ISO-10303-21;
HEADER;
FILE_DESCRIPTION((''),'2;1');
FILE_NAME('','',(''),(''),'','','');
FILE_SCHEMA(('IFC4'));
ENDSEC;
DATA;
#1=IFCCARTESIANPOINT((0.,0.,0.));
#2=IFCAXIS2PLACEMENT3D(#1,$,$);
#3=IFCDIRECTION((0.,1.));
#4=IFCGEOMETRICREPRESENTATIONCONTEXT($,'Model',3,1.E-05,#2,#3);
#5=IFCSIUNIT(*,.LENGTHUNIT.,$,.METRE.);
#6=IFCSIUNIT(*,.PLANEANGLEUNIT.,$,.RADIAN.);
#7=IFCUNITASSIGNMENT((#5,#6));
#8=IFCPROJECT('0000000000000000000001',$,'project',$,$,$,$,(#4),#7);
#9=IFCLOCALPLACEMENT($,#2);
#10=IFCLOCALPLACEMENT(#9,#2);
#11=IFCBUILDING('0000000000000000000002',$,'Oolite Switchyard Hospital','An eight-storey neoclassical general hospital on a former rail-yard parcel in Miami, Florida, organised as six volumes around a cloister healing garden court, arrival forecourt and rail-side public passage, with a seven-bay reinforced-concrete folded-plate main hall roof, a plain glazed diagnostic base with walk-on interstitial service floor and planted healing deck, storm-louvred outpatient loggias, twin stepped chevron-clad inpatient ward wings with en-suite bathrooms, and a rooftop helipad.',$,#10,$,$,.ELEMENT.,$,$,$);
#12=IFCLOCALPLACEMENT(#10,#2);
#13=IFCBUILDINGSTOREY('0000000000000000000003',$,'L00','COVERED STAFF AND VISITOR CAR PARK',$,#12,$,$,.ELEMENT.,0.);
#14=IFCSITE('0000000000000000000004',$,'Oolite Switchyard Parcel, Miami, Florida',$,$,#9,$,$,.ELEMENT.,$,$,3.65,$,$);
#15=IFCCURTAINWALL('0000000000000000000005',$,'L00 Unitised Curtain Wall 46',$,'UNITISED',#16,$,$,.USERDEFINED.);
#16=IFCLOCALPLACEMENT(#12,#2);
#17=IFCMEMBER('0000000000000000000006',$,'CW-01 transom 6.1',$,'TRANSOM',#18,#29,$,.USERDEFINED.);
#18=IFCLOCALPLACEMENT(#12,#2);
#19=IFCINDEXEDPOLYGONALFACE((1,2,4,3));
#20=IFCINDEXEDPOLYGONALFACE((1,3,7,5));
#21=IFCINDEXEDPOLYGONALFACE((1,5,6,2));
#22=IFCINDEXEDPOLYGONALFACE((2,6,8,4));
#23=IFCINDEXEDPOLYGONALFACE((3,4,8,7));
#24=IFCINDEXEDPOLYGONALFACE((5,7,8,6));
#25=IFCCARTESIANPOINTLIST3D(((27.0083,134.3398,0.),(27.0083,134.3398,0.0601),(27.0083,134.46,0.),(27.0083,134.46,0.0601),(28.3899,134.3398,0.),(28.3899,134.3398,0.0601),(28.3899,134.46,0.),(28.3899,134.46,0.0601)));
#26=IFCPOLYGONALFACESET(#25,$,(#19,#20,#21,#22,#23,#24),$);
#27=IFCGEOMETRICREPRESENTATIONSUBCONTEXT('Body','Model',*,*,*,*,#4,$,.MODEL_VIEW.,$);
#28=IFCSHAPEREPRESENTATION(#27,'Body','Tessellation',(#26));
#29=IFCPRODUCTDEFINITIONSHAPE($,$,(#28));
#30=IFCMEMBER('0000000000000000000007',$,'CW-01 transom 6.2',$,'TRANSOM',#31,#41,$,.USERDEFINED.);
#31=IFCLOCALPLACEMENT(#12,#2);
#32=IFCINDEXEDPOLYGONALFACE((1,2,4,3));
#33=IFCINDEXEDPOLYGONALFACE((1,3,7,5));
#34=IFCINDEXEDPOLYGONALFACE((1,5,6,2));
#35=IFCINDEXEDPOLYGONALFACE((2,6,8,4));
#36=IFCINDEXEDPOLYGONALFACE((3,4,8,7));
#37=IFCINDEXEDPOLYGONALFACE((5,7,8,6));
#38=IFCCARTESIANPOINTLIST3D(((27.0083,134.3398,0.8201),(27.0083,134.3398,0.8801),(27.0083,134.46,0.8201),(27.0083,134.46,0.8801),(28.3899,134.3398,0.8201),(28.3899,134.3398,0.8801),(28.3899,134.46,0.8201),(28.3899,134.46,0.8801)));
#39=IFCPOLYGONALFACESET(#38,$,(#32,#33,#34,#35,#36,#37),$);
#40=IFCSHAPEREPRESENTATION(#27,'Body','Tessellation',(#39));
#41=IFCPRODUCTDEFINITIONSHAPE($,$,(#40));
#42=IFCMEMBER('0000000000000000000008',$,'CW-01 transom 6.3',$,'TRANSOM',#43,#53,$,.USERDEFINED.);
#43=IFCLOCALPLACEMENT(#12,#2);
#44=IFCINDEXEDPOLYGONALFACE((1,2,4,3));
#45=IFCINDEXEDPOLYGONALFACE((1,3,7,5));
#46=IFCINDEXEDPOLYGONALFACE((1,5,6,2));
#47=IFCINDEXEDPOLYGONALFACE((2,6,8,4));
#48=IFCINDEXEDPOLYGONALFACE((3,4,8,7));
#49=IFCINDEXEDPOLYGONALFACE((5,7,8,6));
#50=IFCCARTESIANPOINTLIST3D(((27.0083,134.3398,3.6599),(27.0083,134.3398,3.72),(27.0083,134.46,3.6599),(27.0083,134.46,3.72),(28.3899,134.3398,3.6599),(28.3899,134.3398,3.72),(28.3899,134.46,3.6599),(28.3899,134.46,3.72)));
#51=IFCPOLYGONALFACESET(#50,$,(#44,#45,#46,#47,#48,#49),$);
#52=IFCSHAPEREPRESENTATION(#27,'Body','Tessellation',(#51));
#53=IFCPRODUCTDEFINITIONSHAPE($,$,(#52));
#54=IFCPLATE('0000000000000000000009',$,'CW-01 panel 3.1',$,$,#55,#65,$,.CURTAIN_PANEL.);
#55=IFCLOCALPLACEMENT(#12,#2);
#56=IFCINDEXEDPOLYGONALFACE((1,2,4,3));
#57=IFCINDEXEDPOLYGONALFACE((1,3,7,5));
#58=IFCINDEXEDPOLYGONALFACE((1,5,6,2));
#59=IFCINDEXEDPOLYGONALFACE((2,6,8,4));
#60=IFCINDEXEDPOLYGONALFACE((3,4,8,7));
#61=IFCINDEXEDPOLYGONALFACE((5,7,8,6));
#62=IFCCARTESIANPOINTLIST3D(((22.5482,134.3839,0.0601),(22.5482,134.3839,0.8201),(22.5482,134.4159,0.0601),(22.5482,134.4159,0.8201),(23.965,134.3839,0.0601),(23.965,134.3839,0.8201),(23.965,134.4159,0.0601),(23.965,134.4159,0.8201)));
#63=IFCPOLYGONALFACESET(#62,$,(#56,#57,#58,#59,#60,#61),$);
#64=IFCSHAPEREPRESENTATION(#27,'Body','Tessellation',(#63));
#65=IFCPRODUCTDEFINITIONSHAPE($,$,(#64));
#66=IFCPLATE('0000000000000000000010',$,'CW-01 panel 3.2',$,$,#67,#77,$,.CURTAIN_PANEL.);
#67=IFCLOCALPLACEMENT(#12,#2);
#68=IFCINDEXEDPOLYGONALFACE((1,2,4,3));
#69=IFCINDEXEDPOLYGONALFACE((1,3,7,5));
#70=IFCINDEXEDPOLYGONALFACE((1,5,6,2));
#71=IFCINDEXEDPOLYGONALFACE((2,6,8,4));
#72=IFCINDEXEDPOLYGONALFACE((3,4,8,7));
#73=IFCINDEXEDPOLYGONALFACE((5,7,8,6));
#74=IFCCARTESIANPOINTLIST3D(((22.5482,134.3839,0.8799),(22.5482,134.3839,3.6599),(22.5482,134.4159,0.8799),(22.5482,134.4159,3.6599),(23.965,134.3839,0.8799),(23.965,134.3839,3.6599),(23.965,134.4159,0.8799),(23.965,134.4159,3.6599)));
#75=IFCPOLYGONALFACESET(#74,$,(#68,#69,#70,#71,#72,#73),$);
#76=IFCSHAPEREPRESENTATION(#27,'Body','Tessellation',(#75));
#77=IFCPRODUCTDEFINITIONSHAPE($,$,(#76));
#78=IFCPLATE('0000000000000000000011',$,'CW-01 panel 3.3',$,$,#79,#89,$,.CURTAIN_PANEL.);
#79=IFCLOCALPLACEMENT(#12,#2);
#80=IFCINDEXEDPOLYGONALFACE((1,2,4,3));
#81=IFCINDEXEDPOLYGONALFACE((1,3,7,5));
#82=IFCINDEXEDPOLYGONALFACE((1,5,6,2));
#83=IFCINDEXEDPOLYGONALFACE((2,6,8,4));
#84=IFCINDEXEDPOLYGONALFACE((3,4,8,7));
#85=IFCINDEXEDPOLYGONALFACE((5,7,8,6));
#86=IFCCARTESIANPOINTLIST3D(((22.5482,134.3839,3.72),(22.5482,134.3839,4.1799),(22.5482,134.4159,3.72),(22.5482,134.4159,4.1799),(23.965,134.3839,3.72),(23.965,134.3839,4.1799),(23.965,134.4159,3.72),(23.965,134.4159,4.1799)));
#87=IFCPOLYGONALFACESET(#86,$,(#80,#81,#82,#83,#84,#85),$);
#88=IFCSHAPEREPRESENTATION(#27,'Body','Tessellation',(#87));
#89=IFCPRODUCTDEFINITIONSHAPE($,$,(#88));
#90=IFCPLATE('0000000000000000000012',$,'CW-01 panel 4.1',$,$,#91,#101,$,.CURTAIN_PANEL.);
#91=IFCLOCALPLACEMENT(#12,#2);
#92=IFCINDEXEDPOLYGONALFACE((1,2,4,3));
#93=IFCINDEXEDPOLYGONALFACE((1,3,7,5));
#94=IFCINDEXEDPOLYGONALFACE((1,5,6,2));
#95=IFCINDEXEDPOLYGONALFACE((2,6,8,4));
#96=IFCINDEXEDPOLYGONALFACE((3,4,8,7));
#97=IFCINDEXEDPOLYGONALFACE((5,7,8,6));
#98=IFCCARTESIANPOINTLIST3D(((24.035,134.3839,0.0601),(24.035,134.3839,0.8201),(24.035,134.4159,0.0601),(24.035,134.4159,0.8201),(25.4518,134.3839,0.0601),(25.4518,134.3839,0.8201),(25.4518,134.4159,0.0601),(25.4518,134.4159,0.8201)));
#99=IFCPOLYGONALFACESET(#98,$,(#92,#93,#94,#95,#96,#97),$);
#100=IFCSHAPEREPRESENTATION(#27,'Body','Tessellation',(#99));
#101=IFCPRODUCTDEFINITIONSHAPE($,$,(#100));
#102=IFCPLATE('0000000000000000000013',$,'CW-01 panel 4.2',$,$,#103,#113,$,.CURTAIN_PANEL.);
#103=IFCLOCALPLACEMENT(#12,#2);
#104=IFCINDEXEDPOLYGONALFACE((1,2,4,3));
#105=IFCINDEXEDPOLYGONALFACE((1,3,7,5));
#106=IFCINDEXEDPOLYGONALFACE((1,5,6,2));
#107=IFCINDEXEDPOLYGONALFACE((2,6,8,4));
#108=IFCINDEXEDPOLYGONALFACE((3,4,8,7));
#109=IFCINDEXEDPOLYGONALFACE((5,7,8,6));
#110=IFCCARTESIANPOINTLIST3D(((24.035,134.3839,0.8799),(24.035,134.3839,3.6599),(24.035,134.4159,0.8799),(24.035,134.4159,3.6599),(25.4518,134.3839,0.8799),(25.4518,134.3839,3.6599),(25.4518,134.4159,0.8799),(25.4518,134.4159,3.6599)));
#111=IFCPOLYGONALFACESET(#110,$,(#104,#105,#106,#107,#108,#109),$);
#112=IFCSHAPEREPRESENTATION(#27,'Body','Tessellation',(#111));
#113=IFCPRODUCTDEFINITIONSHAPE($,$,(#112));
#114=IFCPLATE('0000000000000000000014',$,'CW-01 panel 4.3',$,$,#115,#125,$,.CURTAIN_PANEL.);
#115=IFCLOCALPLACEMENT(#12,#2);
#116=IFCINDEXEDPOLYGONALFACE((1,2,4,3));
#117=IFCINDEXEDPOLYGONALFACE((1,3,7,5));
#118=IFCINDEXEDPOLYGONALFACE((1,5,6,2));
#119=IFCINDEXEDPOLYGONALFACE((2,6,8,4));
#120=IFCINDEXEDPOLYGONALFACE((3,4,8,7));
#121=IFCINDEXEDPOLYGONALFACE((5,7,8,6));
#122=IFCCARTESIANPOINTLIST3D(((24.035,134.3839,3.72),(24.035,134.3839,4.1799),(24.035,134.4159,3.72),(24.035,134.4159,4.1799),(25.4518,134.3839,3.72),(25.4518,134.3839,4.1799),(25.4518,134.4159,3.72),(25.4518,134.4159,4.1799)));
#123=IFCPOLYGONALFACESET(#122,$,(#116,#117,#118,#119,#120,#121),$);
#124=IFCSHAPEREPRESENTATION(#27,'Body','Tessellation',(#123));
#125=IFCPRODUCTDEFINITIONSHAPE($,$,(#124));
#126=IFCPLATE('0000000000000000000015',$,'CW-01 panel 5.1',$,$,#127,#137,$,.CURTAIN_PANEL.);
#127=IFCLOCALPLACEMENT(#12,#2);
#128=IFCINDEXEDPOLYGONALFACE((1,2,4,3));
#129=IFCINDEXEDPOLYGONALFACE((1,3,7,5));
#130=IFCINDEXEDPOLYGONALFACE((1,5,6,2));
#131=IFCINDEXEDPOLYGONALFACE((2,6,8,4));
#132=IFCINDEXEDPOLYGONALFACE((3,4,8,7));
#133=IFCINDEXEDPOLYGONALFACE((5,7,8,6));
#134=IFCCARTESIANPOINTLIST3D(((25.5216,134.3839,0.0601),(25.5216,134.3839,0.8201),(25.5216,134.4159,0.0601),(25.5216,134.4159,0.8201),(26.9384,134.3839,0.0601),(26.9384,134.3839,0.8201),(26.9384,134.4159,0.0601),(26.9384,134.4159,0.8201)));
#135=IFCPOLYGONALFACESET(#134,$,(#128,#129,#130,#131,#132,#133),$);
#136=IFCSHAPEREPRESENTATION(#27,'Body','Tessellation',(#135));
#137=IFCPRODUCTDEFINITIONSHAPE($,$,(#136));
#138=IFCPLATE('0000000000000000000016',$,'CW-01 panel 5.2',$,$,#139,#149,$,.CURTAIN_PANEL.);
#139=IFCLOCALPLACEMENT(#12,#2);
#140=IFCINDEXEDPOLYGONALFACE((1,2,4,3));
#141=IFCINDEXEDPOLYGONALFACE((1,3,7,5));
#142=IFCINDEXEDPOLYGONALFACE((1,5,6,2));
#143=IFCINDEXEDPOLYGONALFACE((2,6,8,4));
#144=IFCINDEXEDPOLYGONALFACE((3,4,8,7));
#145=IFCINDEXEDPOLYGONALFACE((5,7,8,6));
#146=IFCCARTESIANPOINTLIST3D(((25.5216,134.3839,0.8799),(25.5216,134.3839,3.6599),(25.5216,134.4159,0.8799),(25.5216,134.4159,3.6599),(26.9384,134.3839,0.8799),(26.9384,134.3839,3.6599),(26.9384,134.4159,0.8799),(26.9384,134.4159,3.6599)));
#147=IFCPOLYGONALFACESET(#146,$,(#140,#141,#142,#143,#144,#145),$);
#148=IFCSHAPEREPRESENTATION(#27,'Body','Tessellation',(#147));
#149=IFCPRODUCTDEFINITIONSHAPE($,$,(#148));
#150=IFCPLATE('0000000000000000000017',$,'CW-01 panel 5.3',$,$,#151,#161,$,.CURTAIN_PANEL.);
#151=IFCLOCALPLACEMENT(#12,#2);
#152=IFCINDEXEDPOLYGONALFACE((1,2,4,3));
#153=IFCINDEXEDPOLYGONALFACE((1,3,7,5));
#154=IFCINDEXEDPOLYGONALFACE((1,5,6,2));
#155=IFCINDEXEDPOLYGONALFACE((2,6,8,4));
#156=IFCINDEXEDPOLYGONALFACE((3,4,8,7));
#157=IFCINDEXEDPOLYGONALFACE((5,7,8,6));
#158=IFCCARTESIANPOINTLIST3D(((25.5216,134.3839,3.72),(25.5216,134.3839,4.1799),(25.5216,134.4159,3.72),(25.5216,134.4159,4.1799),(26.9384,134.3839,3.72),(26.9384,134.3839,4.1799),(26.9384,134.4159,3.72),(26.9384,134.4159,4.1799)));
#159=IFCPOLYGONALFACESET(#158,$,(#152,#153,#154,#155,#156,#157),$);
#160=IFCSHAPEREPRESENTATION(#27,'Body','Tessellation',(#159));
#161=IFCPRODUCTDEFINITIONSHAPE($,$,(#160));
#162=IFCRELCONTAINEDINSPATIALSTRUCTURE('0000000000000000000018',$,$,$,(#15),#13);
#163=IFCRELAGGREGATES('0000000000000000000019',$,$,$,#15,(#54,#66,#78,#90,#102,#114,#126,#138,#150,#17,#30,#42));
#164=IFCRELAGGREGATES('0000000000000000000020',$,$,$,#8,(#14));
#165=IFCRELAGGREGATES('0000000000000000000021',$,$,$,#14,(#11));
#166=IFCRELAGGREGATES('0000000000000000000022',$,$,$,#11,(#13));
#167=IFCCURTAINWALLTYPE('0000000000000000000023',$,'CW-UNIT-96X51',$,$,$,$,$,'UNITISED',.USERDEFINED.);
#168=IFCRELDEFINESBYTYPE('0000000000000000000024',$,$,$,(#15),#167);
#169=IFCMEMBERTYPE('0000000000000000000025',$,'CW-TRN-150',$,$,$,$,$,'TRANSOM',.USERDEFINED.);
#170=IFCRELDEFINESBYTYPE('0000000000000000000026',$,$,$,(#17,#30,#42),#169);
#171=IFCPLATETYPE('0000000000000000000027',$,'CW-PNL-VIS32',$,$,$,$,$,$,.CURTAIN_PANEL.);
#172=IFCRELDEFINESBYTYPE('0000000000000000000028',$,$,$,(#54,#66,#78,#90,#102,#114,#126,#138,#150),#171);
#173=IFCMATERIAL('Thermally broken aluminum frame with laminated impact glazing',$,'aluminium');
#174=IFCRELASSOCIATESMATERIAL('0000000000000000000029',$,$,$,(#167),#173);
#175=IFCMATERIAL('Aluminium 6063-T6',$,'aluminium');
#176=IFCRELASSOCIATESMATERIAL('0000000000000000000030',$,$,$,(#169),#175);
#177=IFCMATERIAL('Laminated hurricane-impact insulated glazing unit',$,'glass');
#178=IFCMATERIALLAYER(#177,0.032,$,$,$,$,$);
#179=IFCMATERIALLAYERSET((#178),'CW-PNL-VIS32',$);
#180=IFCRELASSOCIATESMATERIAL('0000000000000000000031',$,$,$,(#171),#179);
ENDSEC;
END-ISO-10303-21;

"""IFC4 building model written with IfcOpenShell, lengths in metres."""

from ifc_helpers import new_model, si_unit, direction, frame, origin, origin_2d, place, context, subcontext, project, spatial, rectangle, extrude, material, layer, layer_set, material_profile, profile_set, type_object, element, aggregate, save


model = new_model("IFC4")

# Units and contexts
model_context = context("Model", 3, precision=1e-05, world=origin(), true_north=direction((0.0, 1.0)))
body_context = subcontext(model_context, "Body", "Model", "MODEL_VIEW")
ifc_project = project(units=[si_unit("LENGTHUNIT", "METRE"), si_unit("PLANEANGLEUNIT", "RADIAN")], contexts=[model_context])

# Site, building, storey
site_placement = place(None, origin())
site = spatial("IfcSite", under=ifc_project, at=site_placement, Name="Oolite Switchyard Parcel, Miami, Florida", CompositionType="ELEMENT", RefElevation=3.65)
building_placement = place(site_placement, origin())
building = spatial("IfcBuilding", under=site, at=building_placement, Name="Oolite Switchyard Hospital", Description="An eight-storey neoclassical general hospital on a former rail-yard parcel in Miami, Florida, organised as six volumes around a cloister healing garden court, arrival forecourt and rail-side public passage, with a seven-bay reinforced-concrete folded-plate main hall roof, a plain glazed diagnostic base with walk-on interstitial service floor and planted healing deck, storm-louvred outpatient loggias, twin stepped chevron-clad inpatient ward wings with en-suite bathrooms, and a rooftop helipad.", CompositionType="ELEMENT")
storey_placement = place(building_placement, origin())
storey = spatial("IfcBuildingStorey", under=building, at=storey_placement, Name="L00", Description="COVERED STAFF AND VISITOR CAR PARK", CompositionType="ELEMENT", Elevation=0.0)

# Curtain wall, members, plates
ifc_material_1 = material(Name="Thermally broken aluminum frame with laminated impact glazing", Category="aluminium")
curtain_wall_type = type_object("IfcCurtainWallType", Name="CW-UNIT-96X51", ElementType="UNITISED", PredefinedType="USERDEFINED", material=ifc_material_1)
curtain_wall_placement = place(storey_placement, origin())
curtain_wall = element("IfcCurtainWall", 1, at=curtain_wall_placement, inside=storey, type_object=curtain_wall_type, Name="L00 Unitised Curtain Wall 46", ObjectType="UNITISED", PredefinedType="USERDEFINED")
ifc_material_2 = material(Name="Aluminium 6063-T6", Category="aluminium")
ifc_material_profile_1 = material_profile(ifc_material_2, rectangle(XDim=0.1201, YDim=0.0601, at=origin_2d()), Name="CWT60X120")
ifc_profile_set_1 = profile_set([ifc_material_profile_1], Name="Aluminium 6063-T6")
member_type_1 = type_object("IfcMemberType", Name="CW-TRN-150", ElementType="TRANSOM", PredefinedType="USERDEFINED", material=ifc_profile_set_1)
member_1_placement = place(storey_placement, frame((27.0083, 134.3999, 0.03), z_axis=(1.0, 0.0, 0.0), x_axis=(0.0, 1.0, 0.0)))
member_1 = element("IfcMember", 2, at=member_1_placement, type_object=member_type_1, Name="CW-01 transom 6.1", ObjectType="TRANSOM", PredefinedType="USERDEFINED", context=body_context, shape_type="SweptSolid", body=[
    extrude(rectangle(XDim=0.1201, YDim=0.0601, at=origin_2d()), origin(), (0.0, 0.0, 1.0), 1.3816),
])
member_2_placement = place(storey_placement, frame((27.0083, 134.3999, 0.8501), z_axis=(1.0, 0.0, 0.0), x_axis=(0.0, 1.0, 0.0)))
member_2 = element("IfcMember", 3, at=member_2_placement, type_object=member_type_1, Name="CW-01 transom 6.2", ObjectType="TRANSOM", PredefinedType="USERDEFINED", context=body_context, shape_type="SweptSolid", body=[
    extrude(rectangle(XDim=0.1201, YDim=0.0601, at=origin_2d()), origin(), (0.0, 0.0, 1.0), 1.3816),
])
member_3_placement = place(storey_placement, frame((27.0083, 134.3999, 3.6899), z_axis=(1.0, 0.0, 0.0), x_axis=(0.0, 1.0, 0.0)))
member_3 = element("IfcMember", 4, at=member_3_placement, type_object=member_type_1, Name="CW-01 transom 6.3", ObjectType="TRANSOM", PredefinedType="USERDEFINED", context=body_context, shape_type="SweptSolid", body=[
    extrude(rectangle(XDim=0.1201, YDim=0.0601, at=origin_2d()), origin(), (0.0, 0.0, 1.0), 1.3816),
])
ifc_material_3 = material(Name="Laminated hurricane-impact insulated glazing unit", Category="glass")
ifc_layer = layer(ifc_material_3, 0.032)
ifc_layer_set = layer_set([ifc_layer], Name="CW-PNL-VIS32")
plate_type = type_object("IfcPlateType", Name="CW-PNL-VIS32", PredefinedType="CURTAIN_PANEL", material=ifc_layer_set)
plate_1_placement = place(storey_placement, frame((23.2566, 134.3999, 0.0601), z_axis=(0.0, 0.0, 1.0), x_axis=(1.0, 0.0, 0.0)))
plate_1 = element("IfcPlate", 5, at=plate_1_placement, type_object=plate_type, Name="CW-01 panel 3.1", PredefinedType="CURTAIN_PANEL", context=body_context, shape_type="SweptSolid", body=[
    extrude(rectangle(XDim=1.4167, YDim=0.032, at=origin_2d()), origin(), (0.0, 0.0, 1.0), 0.76),
])
plate_2_placement = place(storey_placement, frame((23.2566, 134.3999, 0.8799), z_axis=(0.0, 0.0, 1.0), x_axis=(1.0, 0.0, 0.0)))
plate_2 = element("IfcPlate", 6, at=plate_2_placement, type_object=plate_type, Name="CW-01 panel 3.2", PredefinedType="CURTAIN_PANEL", context=body_context, shape_type="SweptSolid", body=[
    extrude(rectangle(XDim=1.4167, YDim=0.032, at=origin_2d()), origin(), (0.0, 0.0, 1.0), 2.78),
])
plate_3_placement = place(storey_placement, frame((23.2566, 134.3999, 3.72), z_axis=(0.0, 0.0, 1.0), x_axis=(1.0, 0.0, 0.0)))
plate_3 = element("IfcPlate", 7, at=plate_3_placement, type_object=plate_type, Name="CW-01 panel 3.3", PredefinedType="CURTAIN_PANEL", context=body_context, shape_type="SweptSolid", body=[
    extrude(rectangle(XDim=1.4167, YDim=0.032, at=origin_2d()), origin(), (0.0, 0.0, 1.0), 0.46),
])
plate_4_placement = place(storey_placement, frame((24.7434, 134.3999, 0.0601), z_axis=(0.0, 0.0, 1.0), x_axis=(1.0, 0.0, 0.0)))
plate_4 = element("IfcPlate", 8, at=plate_4_placement, type_object=plate_type, Name="CW-01 panel 4.1", PredefinedType="CURTAIN_PANEL", context=body_context, shape_type="SweptSolid", body=[
    extrude(rectangle(XDim=1.4167, YDim=0.032, at=origin_2d()), origin(), (0.0, 0.0, 1.0), 0.76),
])
plate_5_placement = place(storey_placement, frame((24.7434, 134.3999, 0.8799), z_axis=(0.0, 0.0, 1.0), x_axis=(1.0, 0.0, 0.0)))
plate_5 = element("IfcPlate", 9, at=plate_5_placement, type_object=plate_type, Name="CW-01 panel 4.2", PredefinedType="CURTAIN_PANEL", context=body_context, shape_type="SweptSolid", body=[
    extrude(rectangle(XDim=1.4167, YDim=0.032, at=origin_2d()), origin(), (0.0, 0.0, 1.0), 2.78),
])
plate_6_placement = place(storey_placement, frame((24.7434, 134.3999, 3.72), z_axis=(0.0, 0.0, 1.0), x_axis=(1.0, 0.0, 0.0)))
plate_6 = element("IfcPlate", 10, at=plate_6_placement, type_object=plate_type, Name="CW-01 panel 4.3", PredefinedType="CURTAIN_PANEL", context=body_context, shape_type="SweptSolid", body=[
    extrude(rectangle(XDim=1.4167, YDim=0.032, at=origin_2d()), origin(), (0.0, 0.0, 1.0), 0.46),
])
plate_7_placement = place(storey_placement, frame((26.23, 134.3999, 0.0601), z_axis=(0.0, 0.0, 1.0), x_axis=(1.0, 0.0, 0.0)))
plate_7 = element("IfcPlate", 11, at=plate_7_placement, type_object=plate_type, Name="CW-01 panel 5.1", PredefinedType="CURTAIN_PANEL", context=body_context, shape_type="SweptSolid", body=[
    extrude(rectangle(XDim=1.4167, YDim=0.032, at=origin_2d()), origin(), (0.0, 0.0, 1.0), 0.76),
])
plate_8_placement = place(storey_placement, frame((26.23, 134.3999, 0.8799), z_axis=(0.0, 0.0, 1.0), x_axis=(1.0, 0.0, 0.0)))
plate_8 = element("IfcPlate", 12, at=plate_8_placement, type_object=plate_type, Name="CW-01 panel 5.2", PredefinedType="CURTAIN_PANEL", context=body_context, shape_type="SweptSolid", body=[
    extrude(rectangle(XDim=1.4167, YDim=0.032, at=origin_2d()), origin(), (0.0, 0.0, 1.0), 2.78),
])
plate_9_placement = place(storey_placement, frame((26.23, 134.3999, 3.72), z_axis=(0.0, 0.0, 1.0), x_axis=(1.0, 0.0, 0.0)))
plate_9 = element("IfcPlate", 13, at=plate_9_placement, type_object=plate_type, Name="CW-01 panel 5.3", PredefinedType="CURTAIN_PANEL", context=body_context, shape_type="SweptSolid", body=[
    extrude(rectangle(XDim=1.4167, YDim=0.032, at=origin_2d()), origin(), (0.0, 0.0, 1.0), 0.46),
])
aggregate(curtain_wall, [plate_1, plate_2, plate_3, plate_4, plate_5, plate_6, plate_7, plate_8, plate_9, member_1, member_2, member_3])

save(model, "model.ifc")
